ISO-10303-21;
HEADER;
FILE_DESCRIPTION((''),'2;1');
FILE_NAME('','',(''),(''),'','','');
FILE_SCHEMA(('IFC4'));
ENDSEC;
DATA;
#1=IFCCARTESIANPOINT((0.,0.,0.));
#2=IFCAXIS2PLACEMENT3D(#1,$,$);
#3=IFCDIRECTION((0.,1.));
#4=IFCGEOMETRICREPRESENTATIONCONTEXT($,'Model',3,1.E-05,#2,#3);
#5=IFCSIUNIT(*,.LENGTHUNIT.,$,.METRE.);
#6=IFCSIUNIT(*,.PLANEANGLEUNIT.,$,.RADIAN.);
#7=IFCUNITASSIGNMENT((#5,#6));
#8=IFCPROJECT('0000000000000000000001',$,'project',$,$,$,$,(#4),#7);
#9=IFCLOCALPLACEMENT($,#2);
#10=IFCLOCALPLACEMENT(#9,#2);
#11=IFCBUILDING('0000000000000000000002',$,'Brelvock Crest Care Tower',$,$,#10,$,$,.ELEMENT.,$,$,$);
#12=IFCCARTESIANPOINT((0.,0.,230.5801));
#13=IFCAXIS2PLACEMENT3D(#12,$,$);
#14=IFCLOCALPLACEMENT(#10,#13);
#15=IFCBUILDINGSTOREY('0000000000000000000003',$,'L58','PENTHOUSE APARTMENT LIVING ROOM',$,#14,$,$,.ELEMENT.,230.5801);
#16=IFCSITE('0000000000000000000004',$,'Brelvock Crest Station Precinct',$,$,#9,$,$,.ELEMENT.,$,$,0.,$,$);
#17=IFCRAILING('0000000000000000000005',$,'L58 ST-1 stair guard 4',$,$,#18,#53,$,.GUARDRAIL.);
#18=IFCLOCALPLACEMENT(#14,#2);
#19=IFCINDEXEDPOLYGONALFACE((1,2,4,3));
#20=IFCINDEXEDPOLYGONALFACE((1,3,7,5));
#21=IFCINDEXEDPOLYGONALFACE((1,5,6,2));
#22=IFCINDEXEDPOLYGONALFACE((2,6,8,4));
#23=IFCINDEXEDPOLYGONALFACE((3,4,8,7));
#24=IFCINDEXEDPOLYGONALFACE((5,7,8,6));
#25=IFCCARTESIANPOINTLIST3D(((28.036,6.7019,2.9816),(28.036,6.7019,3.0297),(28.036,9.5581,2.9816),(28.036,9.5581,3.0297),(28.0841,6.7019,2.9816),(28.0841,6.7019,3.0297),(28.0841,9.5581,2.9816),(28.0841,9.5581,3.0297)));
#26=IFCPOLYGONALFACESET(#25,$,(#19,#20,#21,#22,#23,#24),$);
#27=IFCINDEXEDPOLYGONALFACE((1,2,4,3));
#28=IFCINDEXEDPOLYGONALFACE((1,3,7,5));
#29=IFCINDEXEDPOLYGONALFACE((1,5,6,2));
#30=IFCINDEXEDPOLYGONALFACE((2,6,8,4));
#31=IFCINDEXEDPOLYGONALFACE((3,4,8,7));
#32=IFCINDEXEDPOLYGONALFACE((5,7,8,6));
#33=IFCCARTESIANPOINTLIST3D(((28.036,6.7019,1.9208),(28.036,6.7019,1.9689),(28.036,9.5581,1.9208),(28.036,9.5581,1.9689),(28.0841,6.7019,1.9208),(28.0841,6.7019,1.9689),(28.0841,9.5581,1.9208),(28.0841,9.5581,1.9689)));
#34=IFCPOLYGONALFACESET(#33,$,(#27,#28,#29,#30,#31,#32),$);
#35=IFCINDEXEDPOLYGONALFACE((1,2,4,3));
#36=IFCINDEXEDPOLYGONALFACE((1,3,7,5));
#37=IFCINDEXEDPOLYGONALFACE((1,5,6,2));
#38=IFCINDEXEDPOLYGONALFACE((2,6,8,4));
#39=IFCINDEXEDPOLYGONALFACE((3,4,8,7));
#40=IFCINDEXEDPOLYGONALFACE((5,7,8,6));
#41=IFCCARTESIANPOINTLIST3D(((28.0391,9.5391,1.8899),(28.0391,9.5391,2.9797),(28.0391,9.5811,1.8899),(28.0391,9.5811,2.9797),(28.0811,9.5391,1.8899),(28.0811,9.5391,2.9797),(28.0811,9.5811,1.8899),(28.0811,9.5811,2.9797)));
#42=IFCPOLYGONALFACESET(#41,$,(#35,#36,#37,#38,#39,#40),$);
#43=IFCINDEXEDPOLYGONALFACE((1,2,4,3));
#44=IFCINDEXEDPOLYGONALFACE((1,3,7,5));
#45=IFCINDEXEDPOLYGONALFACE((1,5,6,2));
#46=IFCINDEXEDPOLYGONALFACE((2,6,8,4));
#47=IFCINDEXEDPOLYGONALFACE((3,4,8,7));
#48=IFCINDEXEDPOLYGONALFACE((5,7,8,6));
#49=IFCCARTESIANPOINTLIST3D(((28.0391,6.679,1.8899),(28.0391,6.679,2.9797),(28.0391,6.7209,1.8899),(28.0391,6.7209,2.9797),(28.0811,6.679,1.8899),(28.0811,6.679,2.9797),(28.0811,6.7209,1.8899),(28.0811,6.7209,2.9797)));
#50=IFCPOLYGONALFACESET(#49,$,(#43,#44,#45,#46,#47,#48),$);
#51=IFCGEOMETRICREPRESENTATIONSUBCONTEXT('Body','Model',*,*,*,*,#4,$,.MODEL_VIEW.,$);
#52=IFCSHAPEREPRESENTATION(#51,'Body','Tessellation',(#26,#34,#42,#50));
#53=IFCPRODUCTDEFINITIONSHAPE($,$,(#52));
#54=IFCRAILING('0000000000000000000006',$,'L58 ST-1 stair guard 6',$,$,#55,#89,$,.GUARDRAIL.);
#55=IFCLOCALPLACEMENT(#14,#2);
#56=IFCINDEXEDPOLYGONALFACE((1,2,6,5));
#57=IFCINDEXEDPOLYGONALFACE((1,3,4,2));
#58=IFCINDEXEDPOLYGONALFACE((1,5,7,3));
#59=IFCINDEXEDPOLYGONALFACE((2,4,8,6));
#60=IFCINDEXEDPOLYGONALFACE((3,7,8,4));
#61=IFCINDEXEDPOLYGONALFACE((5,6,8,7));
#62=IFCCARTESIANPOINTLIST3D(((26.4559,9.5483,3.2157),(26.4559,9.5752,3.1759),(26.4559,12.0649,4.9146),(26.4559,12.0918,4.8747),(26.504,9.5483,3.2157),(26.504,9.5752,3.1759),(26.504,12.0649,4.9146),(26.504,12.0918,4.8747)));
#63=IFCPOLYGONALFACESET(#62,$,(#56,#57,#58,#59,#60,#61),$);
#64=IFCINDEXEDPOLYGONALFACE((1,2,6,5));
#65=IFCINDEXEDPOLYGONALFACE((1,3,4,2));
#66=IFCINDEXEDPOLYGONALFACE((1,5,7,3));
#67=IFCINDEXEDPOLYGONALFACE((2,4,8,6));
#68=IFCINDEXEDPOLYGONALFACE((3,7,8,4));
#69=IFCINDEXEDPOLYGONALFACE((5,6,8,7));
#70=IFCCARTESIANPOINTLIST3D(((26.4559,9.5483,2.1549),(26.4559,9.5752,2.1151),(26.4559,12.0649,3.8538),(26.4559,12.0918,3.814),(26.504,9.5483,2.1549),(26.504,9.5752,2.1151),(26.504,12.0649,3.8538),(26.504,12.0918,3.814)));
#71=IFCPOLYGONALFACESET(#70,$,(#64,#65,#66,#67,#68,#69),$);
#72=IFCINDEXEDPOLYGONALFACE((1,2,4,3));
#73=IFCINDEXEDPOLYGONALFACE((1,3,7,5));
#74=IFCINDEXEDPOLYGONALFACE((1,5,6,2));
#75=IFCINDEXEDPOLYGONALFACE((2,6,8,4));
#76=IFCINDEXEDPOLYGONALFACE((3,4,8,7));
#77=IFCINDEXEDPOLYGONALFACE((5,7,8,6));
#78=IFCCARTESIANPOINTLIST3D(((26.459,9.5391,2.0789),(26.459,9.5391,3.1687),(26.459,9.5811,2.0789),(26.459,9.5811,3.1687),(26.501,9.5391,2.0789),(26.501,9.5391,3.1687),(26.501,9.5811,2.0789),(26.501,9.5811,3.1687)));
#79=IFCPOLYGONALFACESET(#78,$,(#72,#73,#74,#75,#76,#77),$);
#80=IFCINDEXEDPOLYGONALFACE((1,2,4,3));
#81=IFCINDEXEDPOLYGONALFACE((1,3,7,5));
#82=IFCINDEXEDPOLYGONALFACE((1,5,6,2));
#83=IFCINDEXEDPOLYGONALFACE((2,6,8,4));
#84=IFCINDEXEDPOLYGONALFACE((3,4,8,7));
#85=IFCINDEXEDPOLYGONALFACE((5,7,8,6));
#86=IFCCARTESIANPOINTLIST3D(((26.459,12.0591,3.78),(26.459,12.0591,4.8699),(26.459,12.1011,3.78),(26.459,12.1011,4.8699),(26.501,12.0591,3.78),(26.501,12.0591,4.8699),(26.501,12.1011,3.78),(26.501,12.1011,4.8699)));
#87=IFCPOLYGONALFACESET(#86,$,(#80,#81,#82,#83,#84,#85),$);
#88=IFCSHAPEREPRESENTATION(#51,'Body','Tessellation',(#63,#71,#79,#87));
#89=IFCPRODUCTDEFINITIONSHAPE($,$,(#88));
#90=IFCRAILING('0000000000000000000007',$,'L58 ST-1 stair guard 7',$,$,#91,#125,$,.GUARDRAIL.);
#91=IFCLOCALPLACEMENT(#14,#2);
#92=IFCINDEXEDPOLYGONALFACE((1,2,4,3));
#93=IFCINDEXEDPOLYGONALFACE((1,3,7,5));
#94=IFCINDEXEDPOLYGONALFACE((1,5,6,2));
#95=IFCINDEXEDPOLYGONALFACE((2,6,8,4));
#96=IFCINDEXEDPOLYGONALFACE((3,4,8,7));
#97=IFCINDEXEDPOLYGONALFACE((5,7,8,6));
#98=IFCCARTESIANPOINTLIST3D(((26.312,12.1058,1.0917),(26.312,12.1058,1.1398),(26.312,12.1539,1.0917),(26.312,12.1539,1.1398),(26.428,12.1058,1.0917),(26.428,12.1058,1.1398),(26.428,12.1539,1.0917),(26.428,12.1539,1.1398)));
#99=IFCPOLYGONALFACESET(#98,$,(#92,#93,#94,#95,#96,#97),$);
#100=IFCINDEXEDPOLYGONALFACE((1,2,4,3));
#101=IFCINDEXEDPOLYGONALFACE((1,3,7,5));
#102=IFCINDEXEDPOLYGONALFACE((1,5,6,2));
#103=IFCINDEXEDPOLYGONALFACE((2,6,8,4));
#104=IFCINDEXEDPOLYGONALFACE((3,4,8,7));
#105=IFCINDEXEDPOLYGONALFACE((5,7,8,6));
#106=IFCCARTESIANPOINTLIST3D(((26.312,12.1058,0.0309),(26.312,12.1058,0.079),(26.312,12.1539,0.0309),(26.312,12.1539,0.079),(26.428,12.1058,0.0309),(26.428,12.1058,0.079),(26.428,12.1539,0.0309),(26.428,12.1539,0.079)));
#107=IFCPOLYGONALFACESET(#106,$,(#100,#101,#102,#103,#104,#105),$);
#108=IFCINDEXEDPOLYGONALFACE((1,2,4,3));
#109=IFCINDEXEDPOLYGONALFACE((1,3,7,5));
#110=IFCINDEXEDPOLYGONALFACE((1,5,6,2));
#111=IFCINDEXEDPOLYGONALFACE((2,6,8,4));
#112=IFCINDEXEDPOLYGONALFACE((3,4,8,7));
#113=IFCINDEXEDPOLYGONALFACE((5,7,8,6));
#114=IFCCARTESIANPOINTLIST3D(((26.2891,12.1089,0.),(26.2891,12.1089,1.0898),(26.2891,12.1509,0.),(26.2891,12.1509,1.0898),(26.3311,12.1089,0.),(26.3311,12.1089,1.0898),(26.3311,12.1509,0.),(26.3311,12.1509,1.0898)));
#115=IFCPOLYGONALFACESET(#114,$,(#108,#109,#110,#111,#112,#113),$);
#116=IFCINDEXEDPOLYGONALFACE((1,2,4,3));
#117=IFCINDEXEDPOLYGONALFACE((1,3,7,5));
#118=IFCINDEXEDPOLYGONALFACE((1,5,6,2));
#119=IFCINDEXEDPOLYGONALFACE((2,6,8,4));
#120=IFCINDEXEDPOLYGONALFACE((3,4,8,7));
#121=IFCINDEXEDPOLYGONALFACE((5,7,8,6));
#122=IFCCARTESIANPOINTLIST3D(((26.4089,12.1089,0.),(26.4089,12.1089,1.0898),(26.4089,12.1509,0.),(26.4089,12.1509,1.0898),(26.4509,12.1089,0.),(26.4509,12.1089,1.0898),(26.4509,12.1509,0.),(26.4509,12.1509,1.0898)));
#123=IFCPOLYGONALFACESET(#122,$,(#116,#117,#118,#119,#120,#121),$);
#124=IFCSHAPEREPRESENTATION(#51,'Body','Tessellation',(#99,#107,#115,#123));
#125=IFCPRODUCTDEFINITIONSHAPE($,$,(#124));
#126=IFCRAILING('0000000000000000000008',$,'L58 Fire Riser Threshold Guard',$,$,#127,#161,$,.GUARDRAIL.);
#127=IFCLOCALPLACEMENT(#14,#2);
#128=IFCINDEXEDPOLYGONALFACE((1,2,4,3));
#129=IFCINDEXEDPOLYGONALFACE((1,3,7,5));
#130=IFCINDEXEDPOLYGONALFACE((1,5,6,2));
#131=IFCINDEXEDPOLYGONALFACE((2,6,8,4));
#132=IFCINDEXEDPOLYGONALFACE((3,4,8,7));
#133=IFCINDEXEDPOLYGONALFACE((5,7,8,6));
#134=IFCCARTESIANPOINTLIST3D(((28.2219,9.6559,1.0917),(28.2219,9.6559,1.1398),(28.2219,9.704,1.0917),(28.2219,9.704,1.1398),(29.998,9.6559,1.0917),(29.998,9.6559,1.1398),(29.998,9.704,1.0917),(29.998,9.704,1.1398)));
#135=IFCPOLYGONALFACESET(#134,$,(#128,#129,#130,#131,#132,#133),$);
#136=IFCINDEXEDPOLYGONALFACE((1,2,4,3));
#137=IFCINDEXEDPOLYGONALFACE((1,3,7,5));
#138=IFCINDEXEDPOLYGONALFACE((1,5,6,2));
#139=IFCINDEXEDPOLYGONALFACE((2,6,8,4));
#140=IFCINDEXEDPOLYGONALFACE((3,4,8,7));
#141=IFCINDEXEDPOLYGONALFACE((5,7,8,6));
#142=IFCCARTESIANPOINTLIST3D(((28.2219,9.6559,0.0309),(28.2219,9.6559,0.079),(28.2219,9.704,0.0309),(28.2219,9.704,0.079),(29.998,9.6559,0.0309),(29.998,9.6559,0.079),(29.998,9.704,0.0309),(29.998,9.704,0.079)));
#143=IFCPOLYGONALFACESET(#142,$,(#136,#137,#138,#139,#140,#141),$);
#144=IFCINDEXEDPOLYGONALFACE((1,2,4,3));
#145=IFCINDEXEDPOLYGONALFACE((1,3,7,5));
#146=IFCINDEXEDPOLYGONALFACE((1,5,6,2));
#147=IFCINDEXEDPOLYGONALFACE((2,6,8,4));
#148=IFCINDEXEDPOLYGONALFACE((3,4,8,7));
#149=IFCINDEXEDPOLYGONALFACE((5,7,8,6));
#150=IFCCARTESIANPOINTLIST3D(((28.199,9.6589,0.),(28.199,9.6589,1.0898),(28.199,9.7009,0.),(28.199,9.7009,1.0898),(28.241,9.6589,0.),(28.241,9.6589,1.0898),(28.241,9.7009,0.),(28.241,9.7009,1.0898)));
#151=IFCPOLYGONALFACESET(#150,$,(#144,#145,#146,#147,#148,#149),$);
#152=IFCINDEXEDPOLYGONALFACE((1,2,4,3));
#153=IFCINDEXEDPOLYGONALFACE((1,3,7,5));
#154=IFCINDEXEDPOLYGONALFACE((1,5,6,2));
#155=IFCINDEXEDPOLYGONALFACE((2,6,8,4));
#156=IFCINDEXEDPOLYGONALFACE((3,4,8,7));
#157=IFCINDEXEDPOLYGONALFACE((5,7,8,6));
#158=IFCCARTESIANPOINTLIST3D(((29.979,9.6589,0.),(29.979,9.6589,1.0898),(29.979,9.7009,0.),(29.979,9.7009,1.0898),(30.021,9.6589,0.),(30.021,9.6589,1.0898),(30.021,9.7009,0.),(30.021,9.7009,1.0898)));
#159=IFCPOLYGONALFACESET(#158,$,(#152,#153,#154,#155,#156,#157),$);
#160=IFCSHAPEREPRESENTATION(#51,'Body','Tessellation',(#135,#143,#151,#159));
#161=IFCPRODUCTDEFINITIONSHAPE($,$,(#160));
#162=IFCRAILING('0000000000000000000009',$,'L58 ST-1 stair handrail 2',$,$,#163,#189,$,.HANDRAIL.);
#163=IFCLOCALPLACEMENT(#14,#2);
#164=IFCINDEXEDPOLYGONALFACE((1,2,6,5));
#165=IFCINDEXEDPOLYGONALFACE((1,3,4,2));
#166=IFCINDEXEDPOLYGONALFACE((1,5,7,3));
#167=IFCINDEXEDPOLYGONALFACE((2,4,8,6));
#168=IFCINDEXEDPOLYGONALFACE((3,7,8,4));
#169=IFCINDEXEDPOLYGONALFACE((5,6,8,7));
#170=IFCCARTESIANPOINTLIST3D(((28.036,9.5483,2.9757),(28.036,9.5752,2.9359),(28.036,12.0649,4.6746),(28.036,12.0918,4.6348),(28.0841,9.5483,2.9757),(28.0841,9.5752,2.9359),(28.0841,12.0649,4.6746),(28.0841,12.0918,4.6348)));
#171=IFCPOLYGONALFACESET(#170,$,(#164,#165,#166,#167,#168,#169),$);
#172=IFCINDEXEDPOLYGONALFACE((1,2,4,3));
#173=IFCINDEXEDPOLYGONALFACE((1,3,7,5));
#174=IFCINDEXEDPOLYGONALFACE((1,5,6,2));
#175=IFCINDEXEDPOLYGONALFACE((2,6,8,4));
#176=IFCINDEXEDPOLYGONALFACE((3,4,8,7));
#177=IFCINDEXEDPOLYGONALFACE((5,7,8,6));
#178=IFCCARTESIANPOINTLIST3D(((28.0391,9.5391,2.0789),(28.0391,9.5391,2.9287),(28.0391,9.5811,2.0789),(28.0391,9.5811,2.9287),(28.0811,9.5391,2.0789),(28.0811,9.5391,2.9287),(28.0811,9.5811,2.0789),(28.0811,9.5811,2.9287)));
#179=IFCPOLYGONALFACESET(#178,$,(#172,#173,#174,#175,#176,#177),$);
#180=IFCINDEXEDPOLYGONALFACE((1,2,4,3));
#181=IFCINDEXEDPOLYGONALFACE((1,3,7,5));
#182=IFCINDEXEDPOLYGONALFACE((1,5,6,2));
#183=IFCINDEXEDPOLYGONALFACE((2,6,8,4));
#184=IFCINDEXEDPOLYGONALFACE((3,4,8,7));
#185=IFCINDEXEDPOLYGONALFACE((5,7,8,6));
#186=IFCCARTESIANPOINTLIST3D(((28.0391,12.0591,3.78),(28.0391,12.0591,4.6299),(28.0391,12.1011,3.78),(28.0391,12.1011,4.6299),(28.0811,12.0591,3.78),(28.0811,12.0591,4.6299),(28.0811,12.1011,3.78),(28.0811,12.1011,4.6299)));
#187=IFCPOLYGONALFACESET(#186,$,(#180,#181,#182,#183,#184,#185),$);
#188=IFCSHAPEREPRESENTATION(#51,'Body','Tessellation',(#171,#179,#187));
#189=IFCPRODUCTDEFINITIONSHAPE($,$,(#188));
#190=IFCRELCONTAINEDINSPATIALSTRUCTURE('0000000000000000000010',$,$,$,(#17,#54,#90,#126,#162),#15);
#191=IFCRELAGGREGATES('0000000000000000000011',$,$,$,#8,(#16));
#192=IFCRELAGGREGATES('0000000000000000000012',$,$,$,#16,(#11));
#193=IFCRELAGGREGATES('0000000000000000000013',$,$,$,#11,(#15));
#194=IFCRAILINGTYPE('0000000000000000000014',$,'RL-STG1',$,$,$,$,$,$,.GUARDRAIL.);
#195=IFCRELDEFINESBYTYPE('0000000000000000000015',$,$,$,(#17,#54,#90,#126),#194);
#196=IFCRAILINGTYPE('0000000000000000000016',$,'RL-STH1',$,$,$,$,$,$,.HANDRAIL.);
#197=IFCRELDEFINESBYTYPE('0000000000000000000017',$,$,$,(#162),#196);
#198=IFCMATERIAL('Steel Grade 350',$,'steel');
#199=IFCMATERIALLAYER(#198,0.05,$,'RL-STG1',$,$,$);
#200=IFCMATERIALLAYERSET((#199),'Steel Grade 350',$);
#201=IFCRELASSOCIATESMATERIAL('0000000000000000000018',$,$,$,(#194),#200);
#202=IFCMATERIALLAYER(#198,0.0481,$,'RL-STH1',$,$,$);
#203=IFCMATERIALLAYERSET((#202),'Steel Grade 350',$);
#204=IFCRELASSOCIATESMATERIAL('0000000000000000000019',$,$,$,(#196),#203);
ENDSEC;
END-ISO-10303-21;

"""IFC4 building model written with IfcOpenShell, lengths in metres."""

from ifc_helpers import new_model, si_unit, direction, frame, origin, origin_2d, place, context, subcontext, project, spatial, rectangle, extrude, material, layer, layer_set, type_object, element, save


model = new_model("IFC4")

# Units and contexts
model_context = context("Model", 3, precision=1e-05, world=origin(), true_north=direction((0.0, 1.0)))
body_context = subcontext(model_context, "Body", "Model", "MODEL_VIEW")
ifc_project = project(units=[si_unit("LENGTHUNIT", "METRE"), si_unit("PLANEANGLEUNIT", "RADIAN")], contexts=[model_context])

# Site, building, storey
site_placement = place(None, origin())
site = spatial("IfcSite", under=ifc_project, at=site_placement, Name="Brelvock Crest Station Precinct", CompositionType="ELEMENT", RefElevation=0.0)
building_placement = place(site_placement, origin())
building = spatial("IfcBuilding", under=site, at=building_placement, Name="Brelvock Crest Care Tower", CompositionType="ELEMENT")
storey_placement = place(building_placement, frame((0.0, 0.0, 230.5801)))
storey = spatial("IfcBuildingStorey", under=building, at=storey_placement, Name="L58", Description="PENTHOUSE APARTMENT LIVING ROOM", CompositionType="ELEMENT", Elevation=230.5801)

# Shared definitions
ifc_material_1 = material(Name="Steel Grade 350", Category="steel")

# Railings
ifc_layer_1 = layer(ifc_material_1, 0.05, Name="RL-STG1")
ifc_layer_set_1 = layer_set([ifc_layer_1], Name="Steel Grade 350")
railing_type_1 = type_object("IfcRailingType", Name="RL-STG1", PredefinedType="GUARDRAIL", material=ifc_layer_set_1)
railing_1_placement = place(storey_placement, frame((28.0601, 9.5601, 1.8899)))
element("IfcRailing", 1, at=railing_1_placement, inside=storey, type_object=railing_type_1, Name="L58 ST-1 stair guard 4", PredefinedType="GUARDRAIL", context=body_context, shape_type="SweptSolid", body=[
    extrude(rectangle(XDim=0.0481, YDim=0.0481, at=origin_2d()), frame((0.0, -0.002, 1.1157), z_axis=(0.0, -1.0, 0.0), x_axis=(1.0, 0.0, 0.0)), (0.0, 0.0, 1.0), 2.8562),
    extrude(rectangle(XDim=0.0481, YDim=0.0481, at=origin_2d()), frame((0.0, -0.002, 0.0549), z_axis=(0.0, -1.0, 0.0), x_axis=(1.0, 0.0, 0.0)), (0.0, 0.0, 1.0), 2.8562),
    extrude(rectangle(XDim=0.042, YDim=0.042, at=origin_2d()), origin(), (0.0, 0.0, 1.0), 1.0898),
    extrude(rectangle(XDim=0.042, YDim=0.042, at=origin_2d()), frame((0.0, -2.8601, 0.0)), (0.0, 0.0, 1.0), 1.0898),
])
railing_2_placement = place(storey_placement, frame((26.48, 9.5601, 2.0789)))
element("IfcRailing", 2, at=railing_2_placement, inside=storey, type_object=railing_type_1, Name="L58 ST-1 stair guard 6", PredefinedType="GUARDRAIL", context=body_context, shape_type="SweptSolid", body=[
    extrude(rectangle(XDim=0.0481, YDim=0.0481, at=origin_2d()), frame((0.0, 0.0017, 1.1169), z_axis=(0.0, 0.828824, 0.559509), x_axis=(-1.0, 0.0, 0.0)), (0.0, 0.0, 1.0), 3.0364),
    extrude(rectangle(XDim=0.0481, YDim=0.0481, at=origin_2d()), frame((0.0, 0.0017, 0.0562), z_axis=(0.0, 0.828824, 0.559509), x_axis=(-1.0, 0.0, 0.0)), (0.0, 0.0, 1.0), 3.0364),
    extrude(rectangle(XDim=0.042, YDim=0.042, at=origin_2d()), origin(), (0.0, 0.0, 1.0), 1.0898),
    extrude(rectangle(XDim=0.042, YDim=0.042, at=origin_2d()), frame((0.0, 2.52, 1.7012)), (0.0, 0.0, 1.0), 1.0898),
])
railing_3_placement = place(storey_placement, frame((26.3101, 12.1299, 0.0)))
element("IfcRailing", 3, at=railing_3_placement, inside=storey, type_object=railing_type_1, Name="L58 ST-1 stair guard 7", PredefinedType="GUARDRAIL", context=body_context, shape_type="SweptSolid", body=[
    extrude(rectangle(XDim=0.0481, YDim=0.0481, at=origin_2d()), frame((0.002, 0.0, 1.1157), z_axis=(1.0, 0.0, 0.0), x_axis=(0.0, 1.0, 0.0)), (0.0, 0.0, 1.0), 0.116),
    extrude(rectangle(XDim=0.0481, YDim=0.0481, at=origin_2d()), frame((0.002, 0.0, 0.0549), z_axis=(1.0, 0.0, 0.0), x_axis=(0.0, 1.0, 0.0)), (0.0, 0.0, 1.0), 0.116),
    extrude(rectangle(XDim=0.042, YDim=0.042, at=origin_2d()), origin(), (0.0, 0.0, 1.0), 1.0898),
    extrude(rectangle(XDim=0.042, YDim=0.042, at=origin_2d()), frame((0.1199, 0.0, 0.0)), (0.0, 0.0, 1.0), 1.0898),
])
railing_4_placement = place(storey_placement, frame((28.22, 9.6799, 0.0)))
element("IfcRailing", 4, at=railing_4_placement, inside=storey, type_object=railing_type_1, Name="L58 Fire Riser Threshold Guard", PredefinedType="GUARDRAIL", context=body_context, shape_type="SweptSolid", body=[
    extrude(rectangle(XDim=0.0481, YDim=0.0481, at=origin_2d()), frame((0.002, 0.0, 1.1157), z_axis=(1.0, 0.0, 0.0), x_axis=(0.0, 1.0, 0.0)), (0.0, 0.0, 1.0), 1.7761),
    extrude(rectangle(XDim=0.0481, YDim=0.0481, at=origin_2d()), frame((0.002, 0.0, 0.0549), z_axis=(1.0, 0.0, 0.0), x_axis=(0.0, 1.0, 0.0)), (0.0, 0.0, 1.0), 1.7761),
    extrude(rectangle(XDim=0.042, YDim=0.042, at=origin_2d()), origin(), (0.0, 0.0, 1.0), 1.0898),
    extrude(rectangle(XDim=0.042, YDim=0.042, at=origin_2d()), frame((1.78, 0.0, 0.0)), (0.0, 0.0, 1.0), 1.0898),
])
ifc_layer_2 = layer(ifc_material_1, 0.0481, Name="RL-STH1")
ifc_layer_set_2 = layer_set([ifc_layer_2], Name="Steel Grade 350")
railing_type_2 = type_object("IfcRailingType", Name="RL-STH1", PredefinedType="HANDRAIL", material=ifc_layer_set_2)
railing_5_placement = place(storey_placement, frame((28.0601, 9.5601, 2.0789)))
element("IfcRailing", 5, at=railing_5_placement, inside=storey, type_object=railing_type_2, Name="L58 ST-1 stair handrail 2", PredefinedType="HANDRAIL", context=body_context, shape_type="SweptSolid", body=[
    extrude(rectangle(XDim=0.0481, YDim=0.0481, at=origin_2d()), frame((0.0, 0.0017, 0.877), z_axis=(0.0, 0.828824, 0.559509), x_axis=(-1.0, 0.0, 0.0)), (0.0, 0.0, 1.0), 3.0364),
    extrude(rectangle(XDim=0.042, YDim=0.042, at=origin_2d()), origin(), (0.0, 0.0, 1.0), 0.8499),
    extrude(rectangle(XDim=0.042, YDim=0.042, at=origin_2d()), frame((0.0, 2.52, 1.7012)), (0.0, 0.0, 1.0), 0.8499),
])

save(model, "model.ifc")
